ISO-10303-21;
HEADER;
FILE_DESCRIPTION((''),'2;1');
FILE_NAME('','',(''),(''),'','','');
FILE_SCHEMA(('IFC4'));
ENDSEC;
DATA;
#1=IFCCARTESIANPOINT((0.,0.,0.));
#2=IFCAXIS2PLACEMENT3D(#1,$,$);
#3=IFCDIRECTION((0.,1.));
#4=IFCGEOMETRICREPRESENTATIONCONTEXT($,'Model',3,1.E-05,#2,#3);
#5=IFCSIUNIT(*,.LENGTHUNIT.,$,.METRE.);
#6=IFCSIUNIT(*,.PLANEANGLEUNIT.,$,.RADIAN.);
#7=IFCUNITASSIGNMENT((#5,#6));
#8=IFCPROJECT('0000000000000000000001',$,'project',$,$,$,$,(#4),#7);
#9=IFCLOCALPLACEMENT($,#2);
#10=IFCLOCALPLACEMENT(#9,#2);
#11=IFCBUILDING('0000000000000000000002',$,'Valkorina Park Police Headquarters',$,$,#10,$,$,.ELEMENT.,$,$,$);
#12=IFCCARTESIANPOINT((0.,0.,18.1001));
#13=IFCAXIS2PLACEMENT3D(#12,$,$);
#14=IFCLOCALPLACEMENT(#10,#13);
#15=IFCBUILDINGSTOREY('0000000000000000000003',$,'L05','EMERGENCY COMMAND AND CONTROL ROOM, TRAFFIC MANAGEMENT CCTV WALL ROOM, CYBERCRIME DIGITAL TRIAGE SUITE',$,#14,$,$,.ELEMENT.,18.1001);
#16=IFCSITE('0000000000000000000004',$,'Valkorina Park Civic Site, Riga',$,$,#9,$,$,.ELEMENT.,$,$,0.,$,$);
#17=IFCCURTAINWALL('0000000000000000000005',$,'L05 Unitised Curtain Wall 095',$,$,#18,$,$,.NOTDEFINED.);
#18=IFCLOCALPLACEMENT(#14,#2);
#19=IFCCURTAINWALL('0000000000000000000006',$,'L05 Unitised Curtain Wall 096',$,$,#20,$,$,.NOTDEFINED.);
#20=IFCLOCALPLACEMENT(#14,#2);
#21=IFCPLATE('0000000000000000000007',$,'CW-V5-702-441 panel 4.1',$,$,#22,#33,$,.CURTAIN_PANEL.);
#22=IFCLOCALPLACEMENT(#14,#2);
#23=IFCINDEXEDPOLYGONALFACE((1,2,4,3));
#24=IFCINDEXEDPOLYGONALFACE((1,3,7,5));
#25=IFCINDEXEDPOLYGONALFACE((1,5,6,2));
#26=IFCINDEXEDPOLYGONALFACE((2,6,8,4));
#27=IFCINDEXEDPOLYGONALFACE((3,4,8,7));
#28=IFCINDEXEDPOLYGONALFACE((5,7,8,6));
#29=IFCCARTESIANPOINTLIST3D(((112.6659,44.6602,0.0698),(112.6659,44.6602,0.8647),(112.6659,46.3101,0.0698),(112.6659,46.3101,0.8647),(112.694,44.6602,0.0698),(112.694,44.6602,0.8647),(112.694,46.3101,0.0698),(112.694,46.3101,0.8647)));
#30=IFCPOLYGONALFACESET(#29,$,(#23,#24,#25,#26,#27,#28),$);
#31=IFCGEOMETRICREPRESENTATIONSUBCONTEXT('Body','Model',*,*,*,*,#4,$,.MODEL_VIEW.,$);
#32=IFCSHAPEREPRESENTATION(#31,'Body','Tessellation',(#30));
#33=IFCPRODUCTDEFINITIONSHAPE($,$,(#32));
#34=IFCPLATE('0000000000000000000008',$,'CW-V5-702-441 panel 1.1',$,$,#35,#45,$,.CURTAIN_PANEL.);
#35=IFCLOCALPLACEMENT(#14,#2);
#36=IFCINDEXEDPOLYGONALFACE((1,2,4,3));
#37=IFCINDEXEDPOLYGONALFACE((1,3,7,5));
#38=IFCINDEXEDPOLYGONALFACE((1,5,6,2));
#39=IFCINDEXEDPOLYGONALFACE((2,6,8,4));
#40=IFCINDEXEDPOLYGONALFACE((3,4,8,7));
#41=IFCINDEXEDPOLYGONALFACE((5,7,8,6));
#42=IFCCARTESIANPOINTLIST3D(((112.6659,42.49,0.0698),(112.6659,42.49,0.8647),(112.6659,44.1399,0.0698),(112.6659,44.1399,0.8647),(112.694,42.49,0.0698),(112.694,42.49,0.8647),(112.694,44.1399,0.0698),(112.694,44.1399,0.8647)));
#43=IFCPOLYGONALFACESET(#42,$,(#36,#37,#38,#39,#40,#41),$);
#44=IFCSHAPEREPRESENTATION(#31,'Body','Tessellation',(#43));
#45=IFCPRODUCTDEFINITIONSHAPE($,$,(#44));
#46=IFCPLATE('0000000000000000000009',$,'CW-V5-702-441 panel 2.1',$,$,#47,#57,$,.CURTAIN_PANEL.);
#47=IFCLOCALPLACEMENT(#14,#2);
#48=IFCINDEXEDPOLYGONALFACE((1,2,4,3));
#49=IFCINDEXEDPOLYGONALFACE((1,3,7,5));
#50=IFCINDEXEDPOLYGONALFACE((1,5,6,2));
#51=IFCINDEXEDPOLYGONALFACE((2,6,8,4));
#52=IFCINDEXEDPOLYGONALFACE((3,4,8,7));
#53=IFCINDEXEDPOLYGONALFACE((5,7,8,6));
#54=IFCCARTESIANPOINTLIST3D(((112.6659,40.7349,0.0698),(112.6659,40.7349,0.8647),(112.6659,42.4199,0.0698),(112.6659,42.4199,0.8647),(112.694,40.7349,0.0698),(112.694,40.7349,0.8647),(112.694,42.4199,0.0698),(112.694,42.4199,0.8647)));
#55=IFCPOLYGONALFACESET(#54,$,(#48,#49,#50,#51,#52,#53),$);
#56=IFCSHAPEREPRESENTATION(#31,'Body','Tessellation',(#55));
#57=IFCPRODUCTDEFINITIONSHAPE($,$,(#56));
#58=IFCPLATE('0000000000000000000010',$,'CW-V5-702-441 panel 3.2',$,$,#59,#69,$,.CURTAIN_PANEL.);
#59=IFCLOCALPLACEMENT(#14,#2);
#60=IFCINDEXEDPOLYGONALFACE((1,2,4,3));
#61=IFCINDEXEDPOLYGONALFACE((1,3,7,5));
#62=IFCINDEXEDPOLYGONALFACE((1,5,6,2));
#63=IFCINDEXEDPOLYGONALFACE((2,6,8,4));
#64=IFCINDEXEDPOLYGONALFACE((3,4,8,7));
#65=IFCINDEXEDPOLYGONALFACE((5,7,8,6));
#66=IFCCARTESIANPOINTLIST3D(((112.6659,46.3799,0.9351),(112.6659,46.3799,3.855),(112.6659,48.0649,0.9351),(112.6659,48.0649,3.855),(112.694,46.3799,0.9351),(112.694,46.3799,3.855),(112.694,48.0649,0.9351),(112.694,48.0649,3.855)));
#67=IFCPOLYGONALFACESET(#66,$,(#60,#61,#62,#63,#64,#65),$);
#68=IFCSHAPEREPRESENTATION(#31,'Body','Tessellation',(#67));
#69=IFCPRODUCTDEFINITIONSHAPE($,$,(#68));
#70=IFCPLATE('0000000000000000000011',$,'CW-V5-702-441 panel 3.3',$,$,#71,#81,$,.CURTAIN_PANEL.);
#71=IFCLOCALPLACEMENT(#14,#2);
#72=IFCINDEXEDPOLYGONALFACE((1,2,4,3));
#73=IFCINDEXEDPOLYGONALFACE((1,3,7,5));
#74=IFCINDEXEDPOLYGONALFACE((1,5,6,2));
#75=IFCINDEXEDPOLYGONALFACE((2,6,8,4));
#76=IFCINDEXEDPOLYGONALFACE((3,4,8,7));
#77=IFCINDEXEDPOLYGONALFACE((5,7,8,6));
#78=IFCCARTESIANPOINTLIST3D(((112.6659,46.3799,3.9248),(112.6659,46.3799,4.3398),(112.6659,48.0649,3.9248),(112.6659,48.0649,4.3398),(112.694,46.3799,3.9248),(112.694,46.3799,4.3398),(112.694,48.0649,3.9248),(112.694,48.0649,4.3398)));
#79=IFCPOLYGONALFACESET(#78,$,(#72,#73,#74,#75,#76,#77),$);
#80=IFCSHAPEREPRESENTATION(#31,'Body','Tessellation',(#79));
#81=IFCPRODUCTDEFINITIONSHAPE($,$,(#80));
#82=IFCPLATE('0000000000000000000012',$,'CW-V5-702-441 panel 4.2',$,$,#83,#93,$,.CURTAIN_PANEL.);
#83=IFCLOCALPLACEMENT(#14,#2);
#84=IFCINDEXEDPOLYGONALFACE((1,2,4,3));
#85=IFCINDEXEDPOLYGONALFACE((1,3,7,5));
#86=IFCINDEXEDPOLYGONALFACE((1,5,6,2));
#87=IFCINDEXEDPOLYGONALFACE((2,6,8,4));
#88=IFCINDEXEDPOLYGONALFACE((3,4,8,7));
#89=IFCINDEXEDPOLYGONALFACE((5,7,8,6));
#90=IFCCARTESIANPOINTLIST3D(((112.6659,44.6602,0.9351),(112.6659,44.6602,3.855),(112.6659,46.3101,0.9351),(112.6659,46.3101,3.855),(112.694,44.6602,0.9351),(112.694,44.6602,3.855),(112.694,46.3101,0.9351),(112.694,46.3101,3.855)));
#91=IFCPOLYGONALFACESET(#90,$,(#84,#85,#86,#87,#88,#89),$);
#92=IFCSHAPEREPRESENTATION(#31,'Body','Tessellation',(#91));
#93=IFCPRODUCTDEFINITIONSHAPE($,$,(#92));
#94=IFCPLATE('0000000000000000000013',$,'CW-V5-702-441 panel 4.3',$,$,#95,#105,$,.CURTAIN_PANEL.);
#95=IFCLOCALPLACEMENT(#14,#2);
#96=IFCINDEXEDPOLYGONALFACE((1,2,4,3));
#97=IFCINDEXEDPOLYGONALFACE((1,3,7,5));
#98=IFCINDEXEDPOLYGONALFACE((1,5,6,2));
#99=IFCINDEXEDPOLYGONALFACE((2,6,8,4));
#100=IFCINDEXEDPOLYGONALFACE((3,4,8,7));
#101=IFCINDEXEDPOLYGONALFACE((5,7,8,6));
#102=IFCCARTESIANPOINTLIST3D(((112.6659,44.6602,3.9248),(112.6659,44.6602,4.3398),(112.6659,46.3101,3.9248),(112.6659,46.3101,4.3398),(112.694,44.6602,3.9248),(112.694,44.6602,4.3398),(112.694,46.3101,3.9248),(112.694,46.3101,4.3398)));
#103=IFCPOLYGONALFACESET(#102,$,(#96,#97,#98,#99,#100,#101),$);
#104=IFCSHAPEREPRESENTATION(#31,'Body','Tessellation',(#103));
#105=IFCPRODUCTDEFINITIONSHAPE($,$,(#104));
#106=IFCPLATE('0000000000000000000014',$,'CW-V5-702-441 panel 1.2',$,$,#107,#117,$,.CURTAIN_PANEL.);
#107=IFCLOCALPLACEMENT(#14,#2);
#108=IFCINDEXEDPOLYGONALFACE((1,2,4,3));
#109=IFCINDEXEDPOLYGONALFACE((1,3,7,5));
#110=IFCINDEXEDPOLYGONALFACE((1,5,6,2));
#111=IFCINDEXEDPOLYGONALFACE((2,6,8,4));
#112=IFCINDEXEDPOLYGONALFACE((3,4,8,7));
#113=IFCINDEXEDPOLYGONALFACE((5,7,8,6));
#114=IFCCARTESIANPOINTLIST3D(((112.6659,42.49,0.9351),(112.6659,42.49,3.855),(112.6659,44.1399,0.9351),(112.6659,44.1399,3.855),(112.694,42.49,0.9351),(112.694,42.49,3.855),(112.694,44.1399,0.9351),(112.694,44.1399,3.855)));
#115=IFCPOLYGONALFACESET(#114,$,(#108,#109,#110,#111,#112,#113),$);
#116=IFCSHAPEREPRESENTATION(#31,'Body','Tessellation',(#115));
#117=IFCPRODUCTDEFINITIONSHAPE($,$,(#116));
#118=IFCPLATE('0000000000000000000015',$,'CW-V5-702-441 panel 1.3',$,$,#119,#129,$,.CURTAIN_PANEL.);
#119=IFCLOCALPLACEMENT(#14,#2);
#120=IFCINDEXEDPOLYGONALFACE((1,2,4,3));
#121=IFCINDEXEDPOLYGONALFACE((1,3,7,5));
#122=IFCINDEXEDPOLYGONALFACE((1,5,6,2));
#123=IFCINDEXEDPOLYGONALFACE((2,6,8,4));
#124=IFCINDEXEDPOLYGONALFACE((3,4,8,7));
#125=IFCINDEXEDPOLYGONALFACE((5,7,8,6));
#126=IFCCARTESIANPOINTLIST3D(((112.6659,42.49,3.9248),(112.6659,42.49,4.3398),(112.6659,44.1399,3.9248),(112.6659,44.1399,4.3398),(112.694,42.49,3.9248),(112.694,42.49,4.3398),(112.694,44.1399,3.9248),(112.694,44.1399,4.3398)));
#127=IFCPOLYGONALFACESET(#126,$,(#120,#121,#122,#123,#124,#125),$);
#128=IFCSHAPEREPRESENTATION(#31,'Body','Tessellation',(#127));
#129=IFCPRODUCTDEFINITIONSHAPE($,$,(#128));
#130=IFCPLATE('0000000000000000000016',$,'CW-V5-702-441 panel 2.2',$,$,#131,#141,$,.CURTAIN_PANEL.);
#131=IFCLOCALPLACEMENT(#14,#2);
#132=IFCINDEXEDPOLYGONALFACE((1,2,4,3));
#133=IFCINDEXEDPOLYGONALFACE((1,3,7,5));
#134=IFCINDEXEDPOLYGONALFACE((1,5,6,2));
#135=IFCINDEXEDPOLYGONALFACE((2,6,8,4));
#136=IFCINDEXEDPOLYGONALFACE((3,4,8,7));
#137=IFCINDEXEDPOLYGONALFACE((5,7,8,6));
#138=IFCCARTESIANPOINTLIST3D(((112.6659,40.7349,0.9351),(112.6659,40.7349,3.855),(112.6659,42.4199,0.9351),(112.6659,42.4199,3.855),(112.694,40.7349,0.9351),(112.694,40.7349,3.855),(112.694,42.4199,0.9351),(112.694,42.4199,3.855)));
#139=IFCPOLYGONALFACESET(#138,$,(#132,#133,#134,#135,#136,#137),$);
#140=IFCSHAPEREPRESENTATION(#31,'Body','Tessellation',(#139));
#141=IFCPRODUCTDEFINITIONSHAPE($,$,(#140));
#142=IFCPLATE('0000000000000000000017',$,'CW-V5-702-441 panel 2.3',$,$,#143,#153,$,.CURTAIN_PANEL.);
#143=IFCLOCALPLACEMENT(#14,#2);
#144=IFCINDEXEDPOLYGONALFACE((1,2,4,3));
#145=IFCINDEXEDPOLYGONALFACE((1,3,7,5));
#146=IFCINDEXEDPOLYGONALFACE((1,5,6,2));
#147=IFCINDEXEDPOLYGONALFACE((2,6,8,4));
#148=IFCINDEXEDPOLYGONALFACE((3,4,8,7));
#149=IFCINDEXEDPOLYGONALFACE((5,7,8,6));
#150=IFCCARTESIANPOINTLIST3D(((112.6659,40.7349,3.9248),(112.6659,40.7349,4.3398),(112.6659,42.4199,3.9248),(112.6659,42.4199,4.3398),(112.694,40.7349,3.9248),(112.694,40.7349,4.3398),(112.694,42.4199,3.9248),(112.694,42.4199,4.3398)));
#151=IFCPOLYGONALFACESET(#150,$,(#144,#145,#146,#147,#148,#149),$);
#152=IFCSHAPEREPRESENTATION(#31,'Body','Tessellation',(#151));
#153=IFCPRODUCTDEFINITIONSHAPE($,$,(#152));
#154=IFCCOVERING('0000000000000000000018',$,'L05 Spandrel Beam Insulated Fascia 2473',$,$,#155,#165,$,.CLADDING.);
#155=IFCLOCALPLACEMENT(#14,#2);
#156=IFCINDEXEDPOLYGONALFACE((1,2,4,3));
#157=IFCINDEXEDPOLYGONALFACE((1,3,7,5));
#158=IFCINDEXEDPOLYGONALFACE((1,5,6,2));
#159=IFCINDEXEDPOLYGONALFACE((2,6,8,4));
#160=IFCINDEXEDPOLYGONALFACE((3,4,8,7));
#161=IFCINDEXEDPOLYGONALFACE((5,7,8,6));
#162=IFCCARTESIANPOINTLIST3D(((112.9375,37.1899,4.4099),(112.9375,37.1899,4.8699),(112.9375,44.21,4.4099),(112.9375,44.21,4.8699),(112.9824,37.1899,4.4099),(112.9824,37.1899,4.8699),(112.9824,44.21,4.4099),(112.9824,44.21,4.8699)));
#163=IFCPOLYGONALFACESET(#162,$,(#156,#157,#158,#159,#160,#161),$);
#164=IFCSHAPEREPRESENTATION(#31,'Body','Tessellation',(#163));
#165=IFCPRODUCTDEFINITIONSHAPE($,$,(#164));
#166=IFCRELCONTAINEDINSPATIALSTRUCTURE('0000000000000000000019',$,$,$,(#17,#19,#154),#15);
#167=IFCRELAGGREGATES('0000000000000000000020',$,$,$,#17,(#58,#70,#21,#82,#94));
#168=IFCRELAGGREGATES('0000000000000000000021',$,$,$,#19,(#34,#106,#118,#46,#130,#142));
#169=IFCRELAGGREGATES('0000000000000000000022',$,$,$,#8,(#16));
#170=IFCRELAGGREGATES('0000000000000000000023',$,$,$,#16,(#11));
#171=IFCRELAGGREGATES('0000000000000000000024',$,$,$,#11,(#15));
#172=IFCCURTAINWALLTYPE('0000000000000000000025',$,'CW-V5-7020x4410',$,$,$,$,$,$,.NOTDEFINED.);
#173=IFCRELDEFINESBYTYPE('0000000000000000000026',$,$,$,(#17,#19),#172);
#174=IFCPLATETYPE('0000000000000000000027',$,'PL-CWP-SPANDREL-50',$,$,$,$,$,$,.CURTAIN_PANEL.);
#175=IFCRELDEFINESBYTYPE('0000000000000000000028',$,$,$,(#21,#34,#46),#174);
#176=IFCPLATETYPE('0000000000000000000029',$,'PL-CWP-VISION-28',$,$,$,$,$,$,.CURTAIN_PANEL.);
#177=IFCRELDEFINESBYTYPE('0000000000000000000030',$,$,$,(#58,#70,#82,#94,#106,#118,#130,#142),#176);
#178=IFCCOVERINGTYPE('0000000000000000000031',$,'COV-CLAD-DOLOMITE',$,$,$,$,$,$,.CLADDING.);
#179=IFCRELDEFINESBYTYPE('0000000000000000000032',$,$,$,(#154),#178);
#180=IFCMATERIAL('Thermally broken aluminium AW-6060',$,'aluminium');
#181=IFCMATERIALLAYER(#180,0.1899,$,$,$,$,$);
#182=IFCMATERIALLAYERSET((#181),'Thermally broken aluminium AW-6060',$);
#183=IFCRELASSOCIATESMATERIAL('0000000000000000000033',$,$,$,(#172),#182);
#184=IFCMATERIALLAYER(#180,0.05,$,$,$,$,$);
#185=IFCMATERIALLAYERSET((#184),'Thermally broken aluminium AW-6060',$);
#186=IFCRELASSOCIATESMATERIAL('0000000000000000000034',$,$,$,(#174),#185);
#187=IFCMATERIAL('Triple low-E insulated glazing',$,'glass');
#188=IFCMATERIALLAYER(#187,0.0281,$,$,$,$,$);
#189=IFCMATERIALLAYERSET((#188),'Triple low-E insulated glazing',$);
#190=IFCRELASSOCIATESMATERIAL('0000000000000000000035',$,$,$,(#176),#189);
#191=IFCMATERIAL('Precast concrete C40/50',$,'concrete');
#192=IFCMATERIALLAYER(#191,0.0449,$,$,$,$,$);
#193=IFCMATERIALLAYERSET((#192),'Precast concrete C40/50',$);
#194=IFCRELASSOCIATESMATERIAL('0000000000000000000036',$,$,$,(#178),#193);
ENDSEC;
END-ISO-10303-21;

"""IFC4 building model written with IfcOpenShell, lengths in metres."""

from ifc_helpers import new_model, si_unit, direction, frame, frame_2d, origin, origin_2d, place, context, subcontext, project, spatial, rectangle, extrude, material, layer, layer_set, type_object, element, aggregate, save


model = new_model("IFC4")

# Units and contexts
model_context = context("Model", 3, precision=1e-05, world=origin(), true_north=direction((0.0, 1.0)))
body_context = subcontext(model_context, "Body", "Model", "MODEL_VIEW")
ifc_project = project(units=[si_unit("LENGTHUNIT", "METRE"), si_unit("PLANEANGLEUNIT", "RADIAN")], contexts=[model_context])

# Site, building, storey
site_placement = place(None, origin())
site = spatial("IfcSite", under=ifc_project, at=site_placement, Name="Valkorina Park Civic Site, Riga", CompositionType="ELEMENT", RefElevation=0.0)
building_placement = place(site_placement, origin())
building = spatial("IfcBuilding", under=site, at=building_placement, Name="Valkorina Park Police Headquarters", CompositionType="ELEMENT")
storey_placement = place(building_placement, frame((0.0, 0.0, 18.1001)))
storey = spatial("IfcBuildingStorey", under=building, at=storey_placement, Name="L05", Description="EMERGENCY COMMAND AND CONTROL ROOM, TRAFFIC MANAGEMENT CCTV WALL ROOM, CYBERCRIME DIGITAL TRIAGE SUITE", CompositionType="ELEMENT", Elevation=18.1001)

# Curtain walls
ifc_material_1 = material(Name="Thermally broken aluminium AW-6060", Category="aluminium")
ifc_layer_1 = layer(ifc_material_1, 0.1899)
ifc_layer_set_1 = layer_set([ifc_layer_1], Name="Thermally broken aluminium AW-6060")
curtain_wall_type = type_object("IfcCurtainWallType", Name="CW-V5-7020x4410", PredefinedType="NOTDEFINED", material=ifc_layer_set_1)
curtain_wall_1_placement = place(storey_placement, origin())
curtain_wall_1 = element("IfcCurtainWall", 1, at=curtain_wall_1_placement, inside=storey, type_object=curtain_wall_type, Name="L05 Unitised Curtain Wall 095", PredefinedType="NOTDEFINED")
curtain_wall_2_placement = place(storey_placement, origin())
curtain_wall_2 = element("IfcCurtainWall", 2, at=curtain_wall_2_placement, inside=storey, type_object=curtain_wall_type, Name="L05 Unitised Curtain Wall 096", PredefinedType="NOTDEFINED")

# Plates
ifc_layer_2 = layer(ifc_material_1, 0.05)
ifc_layer_set_2 = layer_set([ifc_layer_2], Name="Thermally broken aluminium AW-6060")
plate_type_1 = type_object("IfcPlateType", Name="PL-CWP-SPANDREL-50", PredefinedType="CURTAIN_PANEL", material=ifc_layer_set_2)
plate_1_placement = place(storey_placement, frame((112.6799, 45.4851, 0.0698), z_axis=(0.0, 0.0, 1.0), x_axis=(0.0, -1.0, 0.0)))
plate_1 = element("IfcPlate", 3, at=plate_1_placement, type_object=plate_type_1, Name="CW-V5-702-441 panel 4.1", PredefinedType="CURTAIN_PANEL", context=body_context, shape_type="SweptSolid", body=[
    extrude(rectangle(XDim=1.6499, YDim=0.0281, at=origin_2d()), origin(), (0.0, 0.0, 1.0), 0.7949),
])
plate_2_placement = place(storey_placement, frame((112.6799, 43.3149, 0.0698), z_axis=(0.0, 0.0, 1.0), x_axis=(0.0, -1.0, 0.0)))
plate_2 = element("IfcPlate", 4, at=plate_2_placement, type_object=plate_type_1, Name="CW-V5-702-441 panel 1.1", PredefinedType="CURTAIN_PANEL", context=body_context, shape_type="SweptSolid", body=[
    extrude(rectangle(XDim=1.6499, YDim=0.0281, at=origin_2d()), origin(), (0.0, 0.0, 1.0), 0.7949),
])
plate_3_placement = place(storey_placement, frame((112.6799, 41.5774, 0.0698), z_axis=(0.0, 0.0, 1.0), x_axis=(0.0, -1.0, 0.0)))
plate_3 = element("IfcPlate", 5, at=plate_3_placement, type_object=plate_type_1, Name="CW-V5-702-441 panel 2.1", PredefinedType="CURTAIN_PANEL", context=body_context, shape_type="SweptSolid", body=[
    extrude(rectangle(XDim=1.6851, YDim=0.0281, at=origin_2d()), origin(), (0.0, 0.0, 1.0), 0.7949),
])
ifc_material_2 = material(Name="Triple low-E insulated glazing", Category="glass")
ifc_layer_3 = layer(ifc_material_2, 0.0281)
ifc_layer_set_3 = layer_set([ifc_layer_3], Name="Triple low-E insulated glazing")
plate_type_2 = type_object("IfcPlateType", Name="PL-CWP-VISION-28", PredefinedType="CURTAIN_PANEL", material=ifc_layer_set_3)
plate_4_placement = place(storey_placement, frame((112.6799, 47.2224, 0.9351), z_axis=(0.0, 0.0, 1.0), x_axis=(0.0, -1.0, 0.0)))
plate_4 = element("IfcPlate", 6, at=plate_4_placement, type_object=plate_type_2, Name="CW-V5-702-441 panel 3.2", PredefinedType="CURTAIN_PANEL", context=body_context, shape_type="SweptSolid", body=[
    extrude(rectangle(XDim=1.6851, YDim=0.0281, at=origin_2d()), origin(), (0.0, 0.0, 1.0), 2.9199),
])
plate_5_placement = place(storey_placement, frame((112.6799, 47.2224, 3.9248), z_axis=(0.0, 0.0, 1.0), x_axis=(0.0, -1.0, 0.0)))
plate_5 = element("IfcPlate", 7, at=plate_5_placement, type_object=plate_type_2, Name="CW-V5-702-441 panel 3.3", PredefinedType="CURTAIN_PANEL", context=body_context, shape_type="SweptSolid", body=[
    extrude(rectangle(XDim=1.6851, YDim=0.0281, at=origin_2d()), origin(), (0.0, 0.0, 1.0), 0.415),
])
plate_6_placement = place(storey_placement, frame((112.6799, 45.4851, 0.9351), z_axis=(0.0, 0.0, 1.0), x_axis=(0.0, -1.0, 0.0)))
plate_6 = element("IfcPlate", 8, at=plate_6_placement, type_object=plate_type_2, Name="CW-V5-702-441 panel 4.2", PredefinedType="CURTAIN_PANEL", context=body_context, shape_type="SweptSolid", body=[
    extrude(rectangle(XDim=1.6499, YDim=0.0281, at=origin_2d()), origin(), (0.0, 0.0, 1.0), 2.9199),
])
plate_7_placement = place(storey_placement, frame((112.6799, 45.4851, 3.9248), z_axis=(0.0, 0.0, 1.0), x_axis=(0.0, -1.0, 0.0)))
plate_7 = element("IfcPlate", 9, at=plate_7_placement, type_object=plate_type_2, Name="CW-V5-702-441 panel 4.3", PredefinedType="CURTAIN_PANEL", context=body_context, shape_type="SweptSolid", body=[
    extrude(rectangle(XDim=1.6499, YDim=0.0281, at=origin_2d()), origin(), (0.0, 0.0, 1.0), 0.415),
])
aggregate(curtain_wall_1, [plate_4, plate_5, plate_1, plate_6, plate_7])
plate_8_placement = place(storey_placement, frame((112.6799, 43.3149, 0.9351), z_axis=(0.0, 0.0, 1.0), x_axis=(0.0, -1.0, 0.0)))
plate_8 = element("IfcPlate", 10, at=plate_8_placement, type_object=plate_type_2, Name="CW-V5-702-441 panel 1.2", PredefinedType="CURTAIN_PANEL", context=body_context, shape_type="SweptSolid", body=[
    extrude(rectangle(XDim=1.6499, YDim=0.0281, at=origin_2d()), origin(), (0.0, 0.0, 1.0), 2.9199),
])
plate_9_placement = place(storey_placement, frame((112.6799, 43.3149, 3.9248), z_axis=(0.0, 0.0, 1.0), x_axis=(0.0, -1.0, 0.0)))
plate_9 = element("IfcPlate", 11, at=plate_9_placement, type_object=plate_type_2, Name="CW-V5-702-441 panel 1.3", PredefinedType="CURTAIN_PANEL", context=body_context, shape_type="SweptSolid", body=[
    extrude(rectangle(XDim=1.6499, YDim=0.0281, at=origin_2d()), origin(), (0.0, 0.0, 1.0), 0.415),
])
plate_10_placement = place(storey_placement, frame((112.6799, 41.5774, 0.9351), z_axis=(0.0, 0.0, 1.0), x_axis=(0.0, -1.0, 0.0)))
plate_10 = element("IfcPlate", 12, at=plate_10_placement, type_object=plate_type_2, Name="CW-V5-702-441 panel 2.2", PredefinedType="CURTAIN_PANEL", context=body_context, shape_type="SweptSolid", body=[
    extrude(rectangle(XDim=1.6851, YDim=0.0281, at=origin_2d()), origin(), (0.0, 0.0, 1.0), 2.9199),
])
plate_11_placement = place(storey_placement, frame((112.6799, 41.5774, 3.9248), z_axis=(0.0, 0.0, 1.0), x_axis=(0.0, -1.0, 0.0)))
plate_11 = element("IfcPlate", 13, at=plate_11_placement, type_object=plate_type_2, Name="CW-V5-702-441 panel 2.3", PredefinedType="CURTAIN_PANEL", context=body_context, shape_type="SweptSolid", body=[
    extrude(rectangle(XDim=1.6851, YDim=0.0281, at=origin_2d()), origin(), (0.0, 0.0, 1.0), 0.415),
])
aggregate(curtain_wall_2, [plate_2, plate_8, plate_9, plate_3, plate_10, plate_11])

# Covering
ifc_material_3 = material(Name="Precast concrete C40/50", Category="concrete")
ifc_layer_4 = layer(ifc_material_3, 0.0449)
ifc_layer_set_4 = layer_set([ifc_layer_4], Name="Precast concrete C40/50")
covering_type = type_object("IfcCoveringType", Name="COV-CLAD-DOLOMITE", PredefinedType="CLADDING", material=ifc_layer_set_4)
covering_placement = place(storey_placement, frame((112.96, 44.21, 4.4099), z_axis=(0.0, 0.0, 1.0), x_axis=(0.0, -1.0, 0.0)))
element("IfcCovering", 14, at=covering_placement, inside=storey, type_object=covering_type, Name="L05 Spandrel Beam Insulated Fascia 2473", PredefinedType="CLADDING", context=body_context, shape_type="SweptSolid", body=[
    extrude(rectangle(XDim=7.02, YDim=0.0449, at=frame_2d((3.51, 0.0))), origin(), (0.0, 0.0, 1.0), 0.46),
])

save(model, "model.ifc")
